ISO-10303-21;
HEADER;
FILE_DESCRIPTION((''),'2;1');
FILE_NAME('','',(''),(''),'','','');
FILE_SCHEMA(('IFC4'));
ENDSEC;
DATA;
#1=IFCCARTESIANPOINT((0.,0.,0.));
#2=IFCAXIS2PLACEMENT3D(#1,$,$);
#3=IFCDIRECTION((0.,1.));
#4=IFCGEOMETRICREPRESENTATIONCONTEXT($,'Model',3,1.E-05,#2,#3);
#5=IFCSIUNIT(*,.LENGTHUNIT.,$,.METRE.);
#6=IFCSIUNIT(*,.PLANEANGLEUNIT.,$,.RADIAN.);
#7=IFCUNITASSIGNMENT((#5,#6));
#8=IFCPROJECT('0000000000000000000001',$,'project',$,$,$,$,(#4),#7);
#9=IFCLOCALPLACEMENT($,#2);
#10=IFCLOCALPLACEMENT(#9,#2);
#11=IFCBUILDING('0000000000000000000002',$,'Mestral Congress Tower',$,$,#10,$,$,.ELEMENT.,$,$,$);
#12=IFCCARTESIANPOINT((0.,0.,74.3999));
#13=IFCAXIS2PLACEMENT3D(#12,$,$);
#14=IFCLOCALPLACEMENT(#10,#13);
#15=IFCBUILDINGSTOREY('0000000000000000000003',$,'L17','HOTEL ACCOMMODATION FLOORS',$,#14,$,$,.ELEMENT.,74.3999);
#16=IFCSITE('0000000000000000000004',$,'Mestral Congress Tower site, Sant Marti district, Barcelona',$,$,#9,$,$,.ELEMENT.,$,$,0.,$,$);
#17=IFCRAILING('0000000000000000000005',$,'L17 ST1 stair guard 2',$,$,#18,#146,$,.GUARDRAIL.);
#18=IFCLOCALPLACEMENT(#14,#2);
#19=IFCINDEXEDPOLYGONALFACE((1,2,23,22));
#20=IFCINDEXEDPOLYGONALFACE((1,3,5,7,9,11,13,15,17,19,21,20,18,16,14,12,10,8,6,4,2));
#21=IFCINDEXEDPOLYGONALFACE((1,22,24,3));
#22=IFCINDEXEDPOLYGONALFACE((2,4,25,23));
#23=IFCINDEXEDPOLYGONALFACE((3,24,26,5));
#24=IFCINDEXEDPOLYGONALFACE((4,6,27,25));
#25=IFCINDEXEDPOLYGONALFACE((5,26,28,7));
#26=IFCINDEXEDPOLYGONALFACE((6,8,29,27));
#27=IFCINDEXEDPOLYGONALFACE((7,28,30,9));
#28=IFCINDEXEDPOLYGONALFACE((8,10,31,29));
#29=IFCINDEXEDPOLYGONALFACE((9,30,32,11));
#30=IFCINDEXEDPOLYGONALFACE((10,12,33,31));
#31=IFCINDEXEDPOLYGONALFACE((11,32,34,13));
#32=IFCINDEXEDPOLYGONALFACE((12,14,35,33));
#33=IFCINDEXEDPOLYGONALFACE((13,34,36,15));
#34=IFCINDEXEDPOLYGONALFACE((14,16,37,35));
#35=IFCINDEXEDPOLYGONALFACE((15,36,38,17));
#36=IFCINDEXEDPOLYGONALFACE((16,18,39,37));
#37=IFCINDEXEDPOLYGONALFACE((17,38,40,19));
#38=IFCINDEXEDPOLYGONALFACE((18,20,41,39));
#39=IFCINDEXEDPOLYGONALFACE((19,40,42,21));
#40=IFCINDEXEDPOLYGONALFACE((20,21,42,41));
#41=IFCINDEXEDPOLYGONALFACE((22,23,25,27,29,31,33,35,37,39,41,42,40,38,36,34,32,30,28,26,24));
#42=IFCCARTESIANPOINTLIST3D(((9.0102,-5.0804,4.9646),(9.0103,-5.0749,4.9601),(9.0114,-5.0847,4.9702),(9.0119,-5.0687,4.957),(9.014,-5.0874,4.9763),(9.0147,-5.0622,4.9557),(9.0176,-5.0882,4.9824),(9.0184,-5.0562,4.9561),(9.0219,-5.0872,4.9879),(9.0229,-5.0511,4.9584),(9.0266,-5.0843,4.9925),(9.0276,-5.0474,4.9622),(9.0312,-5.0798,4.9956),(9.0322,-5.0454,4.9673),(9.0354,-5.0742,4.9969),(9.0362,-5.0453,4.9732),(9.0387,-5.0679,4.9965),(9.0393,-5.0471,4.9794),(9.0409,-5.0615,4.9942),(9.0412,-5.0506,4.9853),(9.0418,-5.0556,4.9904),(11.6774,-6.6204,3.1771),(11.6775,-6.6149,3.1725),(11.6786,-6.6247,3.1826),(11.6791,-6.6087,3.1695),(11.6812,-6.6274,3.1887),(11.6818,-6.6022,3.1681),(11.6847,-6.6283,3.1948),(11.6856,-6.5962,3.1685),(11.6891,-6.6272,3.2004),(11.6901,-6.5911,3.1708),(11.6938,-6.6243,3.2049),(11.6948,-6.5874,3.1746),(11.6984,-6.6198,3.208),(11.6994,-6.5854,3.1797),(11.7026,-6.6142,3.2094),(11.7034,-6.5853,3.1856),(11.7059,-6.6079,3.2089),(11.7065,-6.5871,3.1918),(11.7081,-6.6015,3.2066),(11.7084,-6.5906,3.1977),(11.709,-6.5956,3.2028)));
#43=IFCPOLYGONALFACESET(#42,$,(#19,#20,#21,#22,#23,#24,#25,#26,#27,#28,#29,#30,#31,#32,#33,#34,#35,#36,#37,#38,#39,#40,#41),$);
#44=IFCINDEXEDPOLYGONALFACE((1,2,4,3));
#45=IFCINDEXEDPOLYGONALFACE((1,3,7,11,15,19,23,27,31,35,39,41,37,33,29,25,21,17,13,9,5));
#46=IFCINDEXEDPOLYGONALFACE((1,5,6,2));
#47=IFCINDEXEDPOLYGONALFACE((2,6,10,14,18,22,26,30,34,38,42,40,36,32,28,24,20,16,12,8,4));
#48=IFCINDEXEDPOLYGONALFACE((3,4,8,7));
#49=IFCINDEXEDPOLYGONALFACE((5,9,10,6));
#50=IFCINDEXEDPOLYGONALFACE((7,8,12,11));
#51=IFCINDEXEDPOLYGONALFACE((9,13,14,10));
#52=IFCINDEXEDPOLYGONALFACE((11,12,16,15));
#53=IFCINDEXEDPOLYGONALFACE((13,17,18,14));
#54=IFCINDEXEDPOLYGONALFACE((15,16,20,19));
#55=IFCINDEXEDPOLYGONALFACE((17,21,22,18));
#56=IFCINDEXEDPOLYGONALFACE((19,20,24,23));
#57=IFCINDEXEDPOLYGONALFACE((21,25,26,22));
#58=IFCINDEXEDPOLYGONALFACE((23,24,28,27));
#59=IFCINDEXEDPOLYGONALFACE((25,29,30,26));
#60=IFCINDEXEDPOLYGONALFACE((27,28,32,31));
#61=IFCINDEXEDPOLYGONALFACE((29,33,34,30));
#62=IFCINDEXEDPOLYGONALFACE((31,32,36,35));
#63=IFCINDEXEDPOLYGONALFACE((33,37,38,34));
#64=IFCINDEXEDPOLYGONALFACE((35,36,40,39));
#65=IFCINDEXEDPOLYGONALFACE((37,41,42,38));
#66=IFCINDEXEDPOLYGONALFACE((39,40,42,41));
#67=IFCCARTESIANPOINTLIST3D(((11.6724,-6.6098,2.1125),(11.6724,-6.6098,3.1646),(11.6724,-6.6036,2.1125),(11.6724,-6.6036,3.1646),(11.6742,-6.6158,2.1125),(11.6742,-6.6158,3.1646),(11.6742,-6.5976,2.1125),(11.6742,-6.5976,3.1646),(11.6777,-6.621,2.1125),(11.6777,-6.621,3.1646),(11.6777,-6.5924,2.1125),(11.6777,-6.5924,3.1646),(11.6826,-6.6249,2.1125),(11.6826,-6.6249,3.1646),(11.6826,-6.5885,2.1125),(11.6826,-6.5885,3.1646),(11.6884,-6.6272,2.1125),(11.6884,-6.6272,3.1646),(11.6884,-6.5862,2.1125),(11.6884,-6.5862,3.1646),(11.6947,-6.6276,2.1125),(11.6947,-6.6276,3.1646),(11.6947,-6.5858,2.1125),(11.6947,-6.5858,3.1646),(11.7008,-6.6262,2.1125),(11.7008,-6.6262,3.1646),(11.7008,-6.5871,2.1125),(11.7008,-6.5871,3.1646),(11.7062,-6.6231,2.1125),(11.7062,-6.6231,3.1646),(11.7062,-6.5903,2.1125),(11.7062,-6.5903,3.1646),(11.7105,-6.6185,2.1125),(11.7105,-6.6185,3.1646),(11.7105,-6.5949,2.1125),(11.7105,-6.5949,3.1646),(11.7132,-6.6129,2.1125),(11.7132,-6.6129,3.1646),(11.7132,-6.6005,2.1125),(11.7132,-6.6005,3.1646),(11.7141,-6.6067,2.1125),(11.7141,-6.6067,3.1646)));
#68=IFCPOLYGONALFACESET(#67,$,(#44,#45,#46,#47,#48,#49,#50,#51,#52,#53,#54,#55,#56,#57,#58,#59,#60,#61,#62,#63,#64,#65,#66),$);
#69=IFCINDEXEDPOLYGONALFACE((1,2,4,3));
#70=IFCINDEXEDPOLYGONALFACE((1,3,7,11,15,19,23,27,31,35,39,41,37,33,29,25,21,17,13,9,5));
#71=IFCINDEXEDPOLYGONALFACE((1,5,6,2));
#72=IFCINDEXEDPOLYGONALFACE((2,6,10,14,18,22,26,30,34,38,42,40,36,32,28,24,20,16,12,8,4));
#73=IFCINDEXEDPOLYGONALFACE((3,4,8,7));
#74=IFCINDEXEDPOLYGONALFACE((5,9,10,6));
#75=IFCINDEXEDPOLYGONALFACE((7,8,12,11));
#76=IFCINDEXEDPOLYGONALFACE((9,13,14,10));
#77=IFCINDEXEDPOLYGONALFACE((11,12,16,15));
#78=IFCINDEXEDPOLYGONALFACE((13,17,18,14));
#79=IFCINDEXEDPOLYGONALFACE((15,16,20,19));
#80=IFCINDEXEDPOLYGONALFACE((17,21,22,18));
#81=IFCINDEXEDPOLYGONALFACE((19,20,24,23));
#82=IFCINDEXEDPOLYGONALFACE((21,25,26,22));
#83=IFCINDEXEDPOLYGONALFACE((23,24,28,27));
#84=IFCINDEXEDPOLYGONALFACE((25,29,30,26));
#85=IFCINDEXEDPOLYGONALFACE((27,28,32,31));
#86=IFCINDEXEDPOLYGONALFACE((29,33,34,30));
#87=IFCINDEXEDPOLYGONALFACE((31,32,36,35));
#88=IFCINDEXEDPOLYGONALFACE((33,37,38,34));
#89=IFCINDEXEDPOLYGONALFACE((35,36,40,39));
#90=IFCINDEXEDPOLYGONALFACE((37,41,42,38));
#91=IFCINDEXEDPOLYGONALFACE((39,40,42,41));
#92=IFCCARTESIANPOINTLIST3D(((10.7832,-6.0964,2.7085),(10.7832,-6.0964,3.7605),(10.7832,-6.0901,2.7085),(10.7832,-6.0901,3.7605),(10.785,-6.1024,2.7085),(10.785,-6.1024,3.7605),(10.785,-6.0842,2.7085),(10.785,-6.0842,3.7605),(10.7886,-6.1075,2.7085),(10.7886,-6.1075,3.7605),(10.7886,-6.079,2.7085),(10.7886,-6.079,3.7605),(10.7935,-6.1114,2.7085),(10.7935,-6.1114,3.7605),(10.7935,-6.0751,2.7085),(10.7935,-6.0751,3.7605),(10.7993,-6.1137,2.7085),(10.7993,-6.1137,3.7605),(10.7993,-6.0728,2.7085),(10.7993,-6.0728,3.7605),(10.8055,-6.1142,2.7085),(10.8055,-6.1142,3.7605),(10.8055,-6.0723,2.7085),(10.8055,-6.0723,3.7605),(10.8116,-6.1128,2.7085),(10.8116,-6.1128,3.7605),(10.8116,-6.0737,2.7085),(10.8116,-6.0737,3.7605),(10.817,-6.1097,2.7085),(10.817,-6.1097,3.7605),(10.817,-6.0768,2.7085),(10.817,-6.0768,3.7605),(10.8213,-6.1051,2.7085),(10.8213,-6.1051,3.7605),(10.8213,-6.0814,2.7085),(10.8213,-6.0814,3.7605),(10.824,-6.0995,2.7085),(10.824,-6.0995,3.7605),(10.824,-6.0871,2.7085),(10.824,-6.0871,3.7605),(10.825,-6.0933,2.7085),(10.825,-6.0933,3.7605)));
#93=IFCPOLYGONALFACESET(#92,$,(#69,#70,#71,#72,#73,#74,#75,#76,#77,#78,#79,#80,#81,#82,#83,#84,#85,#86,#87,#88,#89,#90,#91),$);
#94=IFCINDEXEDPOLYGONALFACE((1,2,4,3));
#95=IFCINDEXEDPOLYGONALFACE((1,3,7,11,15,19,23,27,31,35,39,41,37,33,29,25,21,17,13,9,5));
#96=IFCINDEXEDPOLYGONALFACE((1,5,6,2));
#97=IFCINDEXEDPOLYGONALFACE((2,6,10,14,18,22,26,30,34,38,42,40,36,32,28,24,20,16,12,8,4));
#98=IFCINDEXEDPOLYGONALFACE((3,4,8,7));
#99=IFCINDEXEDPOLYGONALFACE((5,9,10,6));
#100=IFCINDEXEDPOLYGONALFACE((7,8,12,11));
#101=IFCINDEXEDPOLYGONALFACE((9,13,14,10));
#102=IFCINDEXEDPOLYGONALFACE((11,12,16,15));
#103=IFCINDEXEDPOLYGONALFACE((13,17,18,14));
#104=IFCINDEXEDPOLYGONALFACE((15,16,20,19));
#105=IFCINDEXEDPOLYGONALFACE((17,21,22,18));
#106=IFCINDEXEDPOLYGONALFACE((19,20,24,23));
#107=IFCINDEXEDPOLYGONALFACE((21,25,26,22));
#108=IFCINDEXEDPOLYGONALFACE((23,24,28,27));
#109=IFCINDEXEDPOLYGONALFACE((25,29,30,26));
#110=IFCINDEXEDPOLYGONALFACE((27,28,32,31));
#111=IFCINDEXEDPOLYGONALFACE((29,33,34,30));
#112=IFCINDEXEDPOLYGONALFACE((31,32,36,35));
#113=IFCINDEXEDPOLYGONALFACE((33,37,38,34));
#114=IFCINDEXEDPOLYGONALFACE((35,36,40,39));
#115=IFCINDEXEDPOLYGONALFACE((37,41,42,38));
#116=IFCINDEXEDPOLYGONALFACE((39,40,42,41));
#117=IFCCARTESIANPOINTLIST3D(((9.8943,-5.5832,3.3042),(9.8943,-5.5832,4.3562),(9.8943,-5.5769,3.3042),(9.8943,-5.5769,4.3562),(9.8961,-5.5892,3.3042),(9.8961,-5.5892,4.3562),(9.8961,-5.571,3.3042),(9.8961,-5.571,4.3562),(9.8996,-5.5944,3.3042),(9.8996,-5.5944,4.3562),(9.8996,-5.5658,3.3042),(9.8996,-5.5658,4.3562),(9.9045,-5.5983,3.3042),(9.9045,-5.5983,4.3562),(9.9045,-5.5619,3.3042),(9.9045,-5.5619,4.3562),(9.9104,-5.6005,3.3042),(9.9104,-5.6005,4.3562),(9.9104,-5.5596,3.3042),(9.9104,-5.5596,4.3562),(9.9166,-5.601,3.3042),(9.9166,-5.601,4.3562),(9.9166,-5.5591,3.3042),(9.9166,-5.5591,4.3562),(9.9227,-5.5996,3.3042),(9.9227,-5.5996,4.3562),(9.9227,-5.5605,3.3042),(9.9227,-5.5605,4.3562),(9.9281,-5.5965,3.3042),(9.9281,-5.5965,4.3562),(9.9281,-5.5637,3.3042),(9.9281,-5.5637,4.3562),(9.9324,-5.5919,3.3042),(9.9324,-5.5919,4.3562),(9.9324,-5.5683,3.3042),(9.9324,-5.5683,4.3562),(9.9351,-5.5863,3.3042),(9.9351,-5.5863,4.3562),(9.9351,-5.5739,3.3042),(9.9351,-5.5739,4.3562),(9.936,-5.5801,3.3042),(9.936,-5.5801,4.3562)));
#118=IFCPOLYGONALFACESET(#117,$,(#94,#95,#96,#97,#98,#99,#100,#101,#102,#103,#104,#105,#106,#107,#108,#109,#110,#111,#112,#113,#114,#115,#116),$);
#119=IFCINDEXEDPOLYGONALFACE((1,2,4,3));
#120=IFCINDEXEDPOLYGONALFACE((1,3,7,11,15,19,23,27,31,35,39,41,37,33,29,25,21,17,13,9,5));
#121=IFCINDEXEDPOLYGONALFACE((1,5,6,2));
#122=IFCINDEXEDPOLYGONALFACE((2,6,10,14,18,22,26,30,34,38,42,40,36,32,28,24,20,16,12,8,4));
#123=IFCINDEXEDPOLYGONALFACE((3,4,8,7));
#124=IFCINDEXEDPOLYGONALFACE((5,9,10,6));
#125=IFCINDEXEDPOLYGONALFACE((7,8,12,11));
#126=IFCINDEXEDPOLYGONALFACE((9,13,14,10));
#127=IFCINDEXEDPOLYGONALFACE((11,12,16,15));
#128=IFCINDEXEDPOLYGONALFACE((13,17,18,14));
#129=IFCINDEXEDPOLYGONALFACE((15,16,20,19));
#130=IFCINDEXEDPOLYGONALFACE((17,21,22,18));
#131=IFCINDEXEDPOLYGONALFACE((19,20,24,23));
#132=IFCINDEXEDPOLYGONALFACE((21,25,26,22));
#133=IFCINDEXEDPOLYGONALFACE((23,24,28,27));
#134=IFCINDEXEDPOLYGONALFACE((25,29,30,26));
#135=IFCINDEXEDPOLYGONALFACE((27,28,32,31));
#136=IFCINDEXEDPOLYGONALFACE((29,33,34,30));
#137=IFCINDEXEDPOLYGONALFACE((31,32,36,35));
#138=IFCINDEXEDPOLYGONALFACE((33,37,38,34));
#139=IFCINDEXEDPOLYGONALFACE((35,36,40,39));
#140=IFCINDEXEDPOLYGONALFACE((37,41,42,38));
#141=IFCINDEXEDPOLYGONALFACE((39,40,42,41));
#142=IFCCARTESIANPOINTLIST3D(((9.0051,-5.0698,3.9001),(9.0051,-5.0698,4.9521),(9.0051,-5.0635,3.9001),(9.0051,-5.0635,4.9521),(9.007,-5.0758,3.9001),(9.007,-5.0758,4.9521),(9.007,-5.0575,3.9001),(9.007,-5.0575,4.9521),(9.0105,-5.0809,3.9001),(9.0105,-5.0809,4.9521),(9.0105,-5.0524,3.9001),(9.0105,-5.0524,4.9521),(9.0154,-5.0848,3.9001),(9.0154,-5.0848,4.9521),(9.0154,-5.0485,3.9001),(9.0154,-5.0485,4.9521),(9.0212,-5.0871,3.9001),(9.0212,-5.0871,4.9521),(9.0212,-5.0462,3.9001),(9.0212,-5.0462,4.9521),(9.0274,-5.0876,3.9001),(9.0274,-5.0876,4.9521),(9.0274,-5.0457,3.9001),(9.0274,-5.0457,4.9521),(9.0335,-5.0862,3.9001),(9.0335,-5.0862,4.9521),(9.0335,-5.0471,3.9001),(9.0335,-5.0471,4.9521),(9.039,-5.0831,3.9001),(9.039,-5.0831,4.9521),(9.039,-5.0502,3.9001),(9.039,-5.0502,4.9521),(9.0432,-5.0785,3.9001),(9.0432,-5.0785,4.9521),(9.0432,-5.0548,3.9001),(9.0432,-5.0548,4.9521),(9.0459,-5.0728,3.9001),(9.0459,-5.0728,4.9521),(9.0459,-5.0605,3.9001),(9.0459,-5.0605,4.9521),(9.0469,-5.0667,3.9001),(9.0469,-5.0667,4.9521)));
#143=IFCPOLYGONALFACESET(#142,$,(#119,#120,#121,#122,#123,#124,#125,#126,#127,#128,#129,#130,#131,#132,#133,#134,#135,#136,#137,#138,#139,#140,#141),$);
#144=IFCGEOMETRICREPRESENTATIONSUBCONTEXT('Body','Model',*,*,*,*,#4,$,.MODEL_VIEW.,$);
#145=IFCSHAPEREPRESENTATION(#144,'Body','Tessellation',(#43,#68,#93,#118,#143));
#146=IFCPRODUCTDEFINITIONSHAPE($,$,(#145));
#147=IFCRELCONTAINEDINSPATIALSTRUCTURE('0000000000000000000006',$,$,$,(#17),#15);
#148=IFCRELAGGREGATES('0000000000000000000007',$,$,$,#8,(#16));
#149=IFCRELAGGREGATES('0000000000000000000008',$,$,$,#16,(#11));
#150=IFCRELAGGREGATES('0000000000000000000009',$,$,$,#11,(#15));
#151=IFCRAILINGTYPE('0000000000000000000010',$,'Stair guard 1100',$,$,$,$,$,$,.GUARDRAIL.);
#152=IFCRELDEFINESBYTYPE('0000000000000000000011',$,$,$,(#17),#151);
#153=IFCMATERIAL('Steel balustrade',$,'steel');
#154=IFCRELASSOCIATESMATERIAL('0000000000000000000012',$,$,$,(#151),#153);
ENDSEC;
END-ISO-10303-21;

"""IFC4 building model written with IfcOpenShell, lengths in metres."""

from ifc_helpers import new_model, si_unit, direction, frame, origin, origin_2d, place, context, subcontext, project, spatial, circle, extrude, material, type_object, element, save


model = new_model("IFC4")

# Units and contexts
model_context = context("Model", 3, precision=1e-05, world=origin(), true_north=direction((0.0, 1.0)))
body_context = subcontext(model_context, "Body", "Model", "MODEL_VIEW")
ifc_project = project(units=[si_unit("LENGTHUNIT", "METRE"), si_unit("PLANEANGLEUNIT", "RADIAN")], contexts=[model_context])

# Site, building, storey
site_placement = place(None, origin())
site = spatial("IfcSite", under=ifc_project, at=site_placement, Name="Mestral Congress Tower site, Sant Marti district, Barcelona", CompositionType="ELEMENT", RefElevation=0.0)
building_placement = place(site_placement, origin())
building = spatial("IfcBuilding", under=site, at=building_placement, Name="Mestral Congress Tower", CompositionType="ELEMENT")
storey_placement = place(building_placement, frame((0.0, 0.0, 74.3999)))
storey = spatial("IfcBuildingStorey", under=building, at=storey_placement, Name="L17", Description="HOTEL ACCOMMODATION FLOORS", CompositionType="ELEMENT", Elevation=74.3999)

# Railing
ifc_material_1 = material(Name="Steel balustrade", Category="steel")
railing_type_1 = type_object("IfcRailingType", Name="Stair guard 1100", PredefinedType="GUARDRAIL", material=ifc_material_1)
railing_1_placement = place(storey_placement, frame((11.6931, -6.6067, 2.1125)))
element("IfcRailing", 1, at=railing_1_placement, inside=storey, type_object=railing_type_1, Name="L17 ST1 stair guard 2", PredefinedType="GUARDRAIL", context=body_context, shape_type="SweptSolid", body=[
    extrude(circle(Radius=0.0239, at=origin_2d()), frame((0.0, 0.0, 1.0762), z_axis=(-0.748994, 0.432463, 0.50198), x_axis=(-0.500027, -0.86601, 0.0)), (0.0, 0.0, 1.0), 3.561),
    extrude(circle(Radius=0.021, at=origin_2d()), origin(), (0.0, 0.0, 1.0), 1.052),
    extrude(circle(Radius=0.021, at=origin_2d()), frame((-0.8892, 0.5134, 0.5959)), (0.0, 0.0, 1.0), 1.052),
    extrude(circle(Radius=0.021, at=origin_2d()), frame((-1.7781, 1.0266, 1.1917)), (0.0, 0.0, 1.0), 1.052),
    extrude(circle(Radius=0.021, at=origin_2d()), frame((-2.6672, 1.54, 1.7876)), (0.0, 0.0, 1.0), 1.052),
])

save(model, "model.ifc")
